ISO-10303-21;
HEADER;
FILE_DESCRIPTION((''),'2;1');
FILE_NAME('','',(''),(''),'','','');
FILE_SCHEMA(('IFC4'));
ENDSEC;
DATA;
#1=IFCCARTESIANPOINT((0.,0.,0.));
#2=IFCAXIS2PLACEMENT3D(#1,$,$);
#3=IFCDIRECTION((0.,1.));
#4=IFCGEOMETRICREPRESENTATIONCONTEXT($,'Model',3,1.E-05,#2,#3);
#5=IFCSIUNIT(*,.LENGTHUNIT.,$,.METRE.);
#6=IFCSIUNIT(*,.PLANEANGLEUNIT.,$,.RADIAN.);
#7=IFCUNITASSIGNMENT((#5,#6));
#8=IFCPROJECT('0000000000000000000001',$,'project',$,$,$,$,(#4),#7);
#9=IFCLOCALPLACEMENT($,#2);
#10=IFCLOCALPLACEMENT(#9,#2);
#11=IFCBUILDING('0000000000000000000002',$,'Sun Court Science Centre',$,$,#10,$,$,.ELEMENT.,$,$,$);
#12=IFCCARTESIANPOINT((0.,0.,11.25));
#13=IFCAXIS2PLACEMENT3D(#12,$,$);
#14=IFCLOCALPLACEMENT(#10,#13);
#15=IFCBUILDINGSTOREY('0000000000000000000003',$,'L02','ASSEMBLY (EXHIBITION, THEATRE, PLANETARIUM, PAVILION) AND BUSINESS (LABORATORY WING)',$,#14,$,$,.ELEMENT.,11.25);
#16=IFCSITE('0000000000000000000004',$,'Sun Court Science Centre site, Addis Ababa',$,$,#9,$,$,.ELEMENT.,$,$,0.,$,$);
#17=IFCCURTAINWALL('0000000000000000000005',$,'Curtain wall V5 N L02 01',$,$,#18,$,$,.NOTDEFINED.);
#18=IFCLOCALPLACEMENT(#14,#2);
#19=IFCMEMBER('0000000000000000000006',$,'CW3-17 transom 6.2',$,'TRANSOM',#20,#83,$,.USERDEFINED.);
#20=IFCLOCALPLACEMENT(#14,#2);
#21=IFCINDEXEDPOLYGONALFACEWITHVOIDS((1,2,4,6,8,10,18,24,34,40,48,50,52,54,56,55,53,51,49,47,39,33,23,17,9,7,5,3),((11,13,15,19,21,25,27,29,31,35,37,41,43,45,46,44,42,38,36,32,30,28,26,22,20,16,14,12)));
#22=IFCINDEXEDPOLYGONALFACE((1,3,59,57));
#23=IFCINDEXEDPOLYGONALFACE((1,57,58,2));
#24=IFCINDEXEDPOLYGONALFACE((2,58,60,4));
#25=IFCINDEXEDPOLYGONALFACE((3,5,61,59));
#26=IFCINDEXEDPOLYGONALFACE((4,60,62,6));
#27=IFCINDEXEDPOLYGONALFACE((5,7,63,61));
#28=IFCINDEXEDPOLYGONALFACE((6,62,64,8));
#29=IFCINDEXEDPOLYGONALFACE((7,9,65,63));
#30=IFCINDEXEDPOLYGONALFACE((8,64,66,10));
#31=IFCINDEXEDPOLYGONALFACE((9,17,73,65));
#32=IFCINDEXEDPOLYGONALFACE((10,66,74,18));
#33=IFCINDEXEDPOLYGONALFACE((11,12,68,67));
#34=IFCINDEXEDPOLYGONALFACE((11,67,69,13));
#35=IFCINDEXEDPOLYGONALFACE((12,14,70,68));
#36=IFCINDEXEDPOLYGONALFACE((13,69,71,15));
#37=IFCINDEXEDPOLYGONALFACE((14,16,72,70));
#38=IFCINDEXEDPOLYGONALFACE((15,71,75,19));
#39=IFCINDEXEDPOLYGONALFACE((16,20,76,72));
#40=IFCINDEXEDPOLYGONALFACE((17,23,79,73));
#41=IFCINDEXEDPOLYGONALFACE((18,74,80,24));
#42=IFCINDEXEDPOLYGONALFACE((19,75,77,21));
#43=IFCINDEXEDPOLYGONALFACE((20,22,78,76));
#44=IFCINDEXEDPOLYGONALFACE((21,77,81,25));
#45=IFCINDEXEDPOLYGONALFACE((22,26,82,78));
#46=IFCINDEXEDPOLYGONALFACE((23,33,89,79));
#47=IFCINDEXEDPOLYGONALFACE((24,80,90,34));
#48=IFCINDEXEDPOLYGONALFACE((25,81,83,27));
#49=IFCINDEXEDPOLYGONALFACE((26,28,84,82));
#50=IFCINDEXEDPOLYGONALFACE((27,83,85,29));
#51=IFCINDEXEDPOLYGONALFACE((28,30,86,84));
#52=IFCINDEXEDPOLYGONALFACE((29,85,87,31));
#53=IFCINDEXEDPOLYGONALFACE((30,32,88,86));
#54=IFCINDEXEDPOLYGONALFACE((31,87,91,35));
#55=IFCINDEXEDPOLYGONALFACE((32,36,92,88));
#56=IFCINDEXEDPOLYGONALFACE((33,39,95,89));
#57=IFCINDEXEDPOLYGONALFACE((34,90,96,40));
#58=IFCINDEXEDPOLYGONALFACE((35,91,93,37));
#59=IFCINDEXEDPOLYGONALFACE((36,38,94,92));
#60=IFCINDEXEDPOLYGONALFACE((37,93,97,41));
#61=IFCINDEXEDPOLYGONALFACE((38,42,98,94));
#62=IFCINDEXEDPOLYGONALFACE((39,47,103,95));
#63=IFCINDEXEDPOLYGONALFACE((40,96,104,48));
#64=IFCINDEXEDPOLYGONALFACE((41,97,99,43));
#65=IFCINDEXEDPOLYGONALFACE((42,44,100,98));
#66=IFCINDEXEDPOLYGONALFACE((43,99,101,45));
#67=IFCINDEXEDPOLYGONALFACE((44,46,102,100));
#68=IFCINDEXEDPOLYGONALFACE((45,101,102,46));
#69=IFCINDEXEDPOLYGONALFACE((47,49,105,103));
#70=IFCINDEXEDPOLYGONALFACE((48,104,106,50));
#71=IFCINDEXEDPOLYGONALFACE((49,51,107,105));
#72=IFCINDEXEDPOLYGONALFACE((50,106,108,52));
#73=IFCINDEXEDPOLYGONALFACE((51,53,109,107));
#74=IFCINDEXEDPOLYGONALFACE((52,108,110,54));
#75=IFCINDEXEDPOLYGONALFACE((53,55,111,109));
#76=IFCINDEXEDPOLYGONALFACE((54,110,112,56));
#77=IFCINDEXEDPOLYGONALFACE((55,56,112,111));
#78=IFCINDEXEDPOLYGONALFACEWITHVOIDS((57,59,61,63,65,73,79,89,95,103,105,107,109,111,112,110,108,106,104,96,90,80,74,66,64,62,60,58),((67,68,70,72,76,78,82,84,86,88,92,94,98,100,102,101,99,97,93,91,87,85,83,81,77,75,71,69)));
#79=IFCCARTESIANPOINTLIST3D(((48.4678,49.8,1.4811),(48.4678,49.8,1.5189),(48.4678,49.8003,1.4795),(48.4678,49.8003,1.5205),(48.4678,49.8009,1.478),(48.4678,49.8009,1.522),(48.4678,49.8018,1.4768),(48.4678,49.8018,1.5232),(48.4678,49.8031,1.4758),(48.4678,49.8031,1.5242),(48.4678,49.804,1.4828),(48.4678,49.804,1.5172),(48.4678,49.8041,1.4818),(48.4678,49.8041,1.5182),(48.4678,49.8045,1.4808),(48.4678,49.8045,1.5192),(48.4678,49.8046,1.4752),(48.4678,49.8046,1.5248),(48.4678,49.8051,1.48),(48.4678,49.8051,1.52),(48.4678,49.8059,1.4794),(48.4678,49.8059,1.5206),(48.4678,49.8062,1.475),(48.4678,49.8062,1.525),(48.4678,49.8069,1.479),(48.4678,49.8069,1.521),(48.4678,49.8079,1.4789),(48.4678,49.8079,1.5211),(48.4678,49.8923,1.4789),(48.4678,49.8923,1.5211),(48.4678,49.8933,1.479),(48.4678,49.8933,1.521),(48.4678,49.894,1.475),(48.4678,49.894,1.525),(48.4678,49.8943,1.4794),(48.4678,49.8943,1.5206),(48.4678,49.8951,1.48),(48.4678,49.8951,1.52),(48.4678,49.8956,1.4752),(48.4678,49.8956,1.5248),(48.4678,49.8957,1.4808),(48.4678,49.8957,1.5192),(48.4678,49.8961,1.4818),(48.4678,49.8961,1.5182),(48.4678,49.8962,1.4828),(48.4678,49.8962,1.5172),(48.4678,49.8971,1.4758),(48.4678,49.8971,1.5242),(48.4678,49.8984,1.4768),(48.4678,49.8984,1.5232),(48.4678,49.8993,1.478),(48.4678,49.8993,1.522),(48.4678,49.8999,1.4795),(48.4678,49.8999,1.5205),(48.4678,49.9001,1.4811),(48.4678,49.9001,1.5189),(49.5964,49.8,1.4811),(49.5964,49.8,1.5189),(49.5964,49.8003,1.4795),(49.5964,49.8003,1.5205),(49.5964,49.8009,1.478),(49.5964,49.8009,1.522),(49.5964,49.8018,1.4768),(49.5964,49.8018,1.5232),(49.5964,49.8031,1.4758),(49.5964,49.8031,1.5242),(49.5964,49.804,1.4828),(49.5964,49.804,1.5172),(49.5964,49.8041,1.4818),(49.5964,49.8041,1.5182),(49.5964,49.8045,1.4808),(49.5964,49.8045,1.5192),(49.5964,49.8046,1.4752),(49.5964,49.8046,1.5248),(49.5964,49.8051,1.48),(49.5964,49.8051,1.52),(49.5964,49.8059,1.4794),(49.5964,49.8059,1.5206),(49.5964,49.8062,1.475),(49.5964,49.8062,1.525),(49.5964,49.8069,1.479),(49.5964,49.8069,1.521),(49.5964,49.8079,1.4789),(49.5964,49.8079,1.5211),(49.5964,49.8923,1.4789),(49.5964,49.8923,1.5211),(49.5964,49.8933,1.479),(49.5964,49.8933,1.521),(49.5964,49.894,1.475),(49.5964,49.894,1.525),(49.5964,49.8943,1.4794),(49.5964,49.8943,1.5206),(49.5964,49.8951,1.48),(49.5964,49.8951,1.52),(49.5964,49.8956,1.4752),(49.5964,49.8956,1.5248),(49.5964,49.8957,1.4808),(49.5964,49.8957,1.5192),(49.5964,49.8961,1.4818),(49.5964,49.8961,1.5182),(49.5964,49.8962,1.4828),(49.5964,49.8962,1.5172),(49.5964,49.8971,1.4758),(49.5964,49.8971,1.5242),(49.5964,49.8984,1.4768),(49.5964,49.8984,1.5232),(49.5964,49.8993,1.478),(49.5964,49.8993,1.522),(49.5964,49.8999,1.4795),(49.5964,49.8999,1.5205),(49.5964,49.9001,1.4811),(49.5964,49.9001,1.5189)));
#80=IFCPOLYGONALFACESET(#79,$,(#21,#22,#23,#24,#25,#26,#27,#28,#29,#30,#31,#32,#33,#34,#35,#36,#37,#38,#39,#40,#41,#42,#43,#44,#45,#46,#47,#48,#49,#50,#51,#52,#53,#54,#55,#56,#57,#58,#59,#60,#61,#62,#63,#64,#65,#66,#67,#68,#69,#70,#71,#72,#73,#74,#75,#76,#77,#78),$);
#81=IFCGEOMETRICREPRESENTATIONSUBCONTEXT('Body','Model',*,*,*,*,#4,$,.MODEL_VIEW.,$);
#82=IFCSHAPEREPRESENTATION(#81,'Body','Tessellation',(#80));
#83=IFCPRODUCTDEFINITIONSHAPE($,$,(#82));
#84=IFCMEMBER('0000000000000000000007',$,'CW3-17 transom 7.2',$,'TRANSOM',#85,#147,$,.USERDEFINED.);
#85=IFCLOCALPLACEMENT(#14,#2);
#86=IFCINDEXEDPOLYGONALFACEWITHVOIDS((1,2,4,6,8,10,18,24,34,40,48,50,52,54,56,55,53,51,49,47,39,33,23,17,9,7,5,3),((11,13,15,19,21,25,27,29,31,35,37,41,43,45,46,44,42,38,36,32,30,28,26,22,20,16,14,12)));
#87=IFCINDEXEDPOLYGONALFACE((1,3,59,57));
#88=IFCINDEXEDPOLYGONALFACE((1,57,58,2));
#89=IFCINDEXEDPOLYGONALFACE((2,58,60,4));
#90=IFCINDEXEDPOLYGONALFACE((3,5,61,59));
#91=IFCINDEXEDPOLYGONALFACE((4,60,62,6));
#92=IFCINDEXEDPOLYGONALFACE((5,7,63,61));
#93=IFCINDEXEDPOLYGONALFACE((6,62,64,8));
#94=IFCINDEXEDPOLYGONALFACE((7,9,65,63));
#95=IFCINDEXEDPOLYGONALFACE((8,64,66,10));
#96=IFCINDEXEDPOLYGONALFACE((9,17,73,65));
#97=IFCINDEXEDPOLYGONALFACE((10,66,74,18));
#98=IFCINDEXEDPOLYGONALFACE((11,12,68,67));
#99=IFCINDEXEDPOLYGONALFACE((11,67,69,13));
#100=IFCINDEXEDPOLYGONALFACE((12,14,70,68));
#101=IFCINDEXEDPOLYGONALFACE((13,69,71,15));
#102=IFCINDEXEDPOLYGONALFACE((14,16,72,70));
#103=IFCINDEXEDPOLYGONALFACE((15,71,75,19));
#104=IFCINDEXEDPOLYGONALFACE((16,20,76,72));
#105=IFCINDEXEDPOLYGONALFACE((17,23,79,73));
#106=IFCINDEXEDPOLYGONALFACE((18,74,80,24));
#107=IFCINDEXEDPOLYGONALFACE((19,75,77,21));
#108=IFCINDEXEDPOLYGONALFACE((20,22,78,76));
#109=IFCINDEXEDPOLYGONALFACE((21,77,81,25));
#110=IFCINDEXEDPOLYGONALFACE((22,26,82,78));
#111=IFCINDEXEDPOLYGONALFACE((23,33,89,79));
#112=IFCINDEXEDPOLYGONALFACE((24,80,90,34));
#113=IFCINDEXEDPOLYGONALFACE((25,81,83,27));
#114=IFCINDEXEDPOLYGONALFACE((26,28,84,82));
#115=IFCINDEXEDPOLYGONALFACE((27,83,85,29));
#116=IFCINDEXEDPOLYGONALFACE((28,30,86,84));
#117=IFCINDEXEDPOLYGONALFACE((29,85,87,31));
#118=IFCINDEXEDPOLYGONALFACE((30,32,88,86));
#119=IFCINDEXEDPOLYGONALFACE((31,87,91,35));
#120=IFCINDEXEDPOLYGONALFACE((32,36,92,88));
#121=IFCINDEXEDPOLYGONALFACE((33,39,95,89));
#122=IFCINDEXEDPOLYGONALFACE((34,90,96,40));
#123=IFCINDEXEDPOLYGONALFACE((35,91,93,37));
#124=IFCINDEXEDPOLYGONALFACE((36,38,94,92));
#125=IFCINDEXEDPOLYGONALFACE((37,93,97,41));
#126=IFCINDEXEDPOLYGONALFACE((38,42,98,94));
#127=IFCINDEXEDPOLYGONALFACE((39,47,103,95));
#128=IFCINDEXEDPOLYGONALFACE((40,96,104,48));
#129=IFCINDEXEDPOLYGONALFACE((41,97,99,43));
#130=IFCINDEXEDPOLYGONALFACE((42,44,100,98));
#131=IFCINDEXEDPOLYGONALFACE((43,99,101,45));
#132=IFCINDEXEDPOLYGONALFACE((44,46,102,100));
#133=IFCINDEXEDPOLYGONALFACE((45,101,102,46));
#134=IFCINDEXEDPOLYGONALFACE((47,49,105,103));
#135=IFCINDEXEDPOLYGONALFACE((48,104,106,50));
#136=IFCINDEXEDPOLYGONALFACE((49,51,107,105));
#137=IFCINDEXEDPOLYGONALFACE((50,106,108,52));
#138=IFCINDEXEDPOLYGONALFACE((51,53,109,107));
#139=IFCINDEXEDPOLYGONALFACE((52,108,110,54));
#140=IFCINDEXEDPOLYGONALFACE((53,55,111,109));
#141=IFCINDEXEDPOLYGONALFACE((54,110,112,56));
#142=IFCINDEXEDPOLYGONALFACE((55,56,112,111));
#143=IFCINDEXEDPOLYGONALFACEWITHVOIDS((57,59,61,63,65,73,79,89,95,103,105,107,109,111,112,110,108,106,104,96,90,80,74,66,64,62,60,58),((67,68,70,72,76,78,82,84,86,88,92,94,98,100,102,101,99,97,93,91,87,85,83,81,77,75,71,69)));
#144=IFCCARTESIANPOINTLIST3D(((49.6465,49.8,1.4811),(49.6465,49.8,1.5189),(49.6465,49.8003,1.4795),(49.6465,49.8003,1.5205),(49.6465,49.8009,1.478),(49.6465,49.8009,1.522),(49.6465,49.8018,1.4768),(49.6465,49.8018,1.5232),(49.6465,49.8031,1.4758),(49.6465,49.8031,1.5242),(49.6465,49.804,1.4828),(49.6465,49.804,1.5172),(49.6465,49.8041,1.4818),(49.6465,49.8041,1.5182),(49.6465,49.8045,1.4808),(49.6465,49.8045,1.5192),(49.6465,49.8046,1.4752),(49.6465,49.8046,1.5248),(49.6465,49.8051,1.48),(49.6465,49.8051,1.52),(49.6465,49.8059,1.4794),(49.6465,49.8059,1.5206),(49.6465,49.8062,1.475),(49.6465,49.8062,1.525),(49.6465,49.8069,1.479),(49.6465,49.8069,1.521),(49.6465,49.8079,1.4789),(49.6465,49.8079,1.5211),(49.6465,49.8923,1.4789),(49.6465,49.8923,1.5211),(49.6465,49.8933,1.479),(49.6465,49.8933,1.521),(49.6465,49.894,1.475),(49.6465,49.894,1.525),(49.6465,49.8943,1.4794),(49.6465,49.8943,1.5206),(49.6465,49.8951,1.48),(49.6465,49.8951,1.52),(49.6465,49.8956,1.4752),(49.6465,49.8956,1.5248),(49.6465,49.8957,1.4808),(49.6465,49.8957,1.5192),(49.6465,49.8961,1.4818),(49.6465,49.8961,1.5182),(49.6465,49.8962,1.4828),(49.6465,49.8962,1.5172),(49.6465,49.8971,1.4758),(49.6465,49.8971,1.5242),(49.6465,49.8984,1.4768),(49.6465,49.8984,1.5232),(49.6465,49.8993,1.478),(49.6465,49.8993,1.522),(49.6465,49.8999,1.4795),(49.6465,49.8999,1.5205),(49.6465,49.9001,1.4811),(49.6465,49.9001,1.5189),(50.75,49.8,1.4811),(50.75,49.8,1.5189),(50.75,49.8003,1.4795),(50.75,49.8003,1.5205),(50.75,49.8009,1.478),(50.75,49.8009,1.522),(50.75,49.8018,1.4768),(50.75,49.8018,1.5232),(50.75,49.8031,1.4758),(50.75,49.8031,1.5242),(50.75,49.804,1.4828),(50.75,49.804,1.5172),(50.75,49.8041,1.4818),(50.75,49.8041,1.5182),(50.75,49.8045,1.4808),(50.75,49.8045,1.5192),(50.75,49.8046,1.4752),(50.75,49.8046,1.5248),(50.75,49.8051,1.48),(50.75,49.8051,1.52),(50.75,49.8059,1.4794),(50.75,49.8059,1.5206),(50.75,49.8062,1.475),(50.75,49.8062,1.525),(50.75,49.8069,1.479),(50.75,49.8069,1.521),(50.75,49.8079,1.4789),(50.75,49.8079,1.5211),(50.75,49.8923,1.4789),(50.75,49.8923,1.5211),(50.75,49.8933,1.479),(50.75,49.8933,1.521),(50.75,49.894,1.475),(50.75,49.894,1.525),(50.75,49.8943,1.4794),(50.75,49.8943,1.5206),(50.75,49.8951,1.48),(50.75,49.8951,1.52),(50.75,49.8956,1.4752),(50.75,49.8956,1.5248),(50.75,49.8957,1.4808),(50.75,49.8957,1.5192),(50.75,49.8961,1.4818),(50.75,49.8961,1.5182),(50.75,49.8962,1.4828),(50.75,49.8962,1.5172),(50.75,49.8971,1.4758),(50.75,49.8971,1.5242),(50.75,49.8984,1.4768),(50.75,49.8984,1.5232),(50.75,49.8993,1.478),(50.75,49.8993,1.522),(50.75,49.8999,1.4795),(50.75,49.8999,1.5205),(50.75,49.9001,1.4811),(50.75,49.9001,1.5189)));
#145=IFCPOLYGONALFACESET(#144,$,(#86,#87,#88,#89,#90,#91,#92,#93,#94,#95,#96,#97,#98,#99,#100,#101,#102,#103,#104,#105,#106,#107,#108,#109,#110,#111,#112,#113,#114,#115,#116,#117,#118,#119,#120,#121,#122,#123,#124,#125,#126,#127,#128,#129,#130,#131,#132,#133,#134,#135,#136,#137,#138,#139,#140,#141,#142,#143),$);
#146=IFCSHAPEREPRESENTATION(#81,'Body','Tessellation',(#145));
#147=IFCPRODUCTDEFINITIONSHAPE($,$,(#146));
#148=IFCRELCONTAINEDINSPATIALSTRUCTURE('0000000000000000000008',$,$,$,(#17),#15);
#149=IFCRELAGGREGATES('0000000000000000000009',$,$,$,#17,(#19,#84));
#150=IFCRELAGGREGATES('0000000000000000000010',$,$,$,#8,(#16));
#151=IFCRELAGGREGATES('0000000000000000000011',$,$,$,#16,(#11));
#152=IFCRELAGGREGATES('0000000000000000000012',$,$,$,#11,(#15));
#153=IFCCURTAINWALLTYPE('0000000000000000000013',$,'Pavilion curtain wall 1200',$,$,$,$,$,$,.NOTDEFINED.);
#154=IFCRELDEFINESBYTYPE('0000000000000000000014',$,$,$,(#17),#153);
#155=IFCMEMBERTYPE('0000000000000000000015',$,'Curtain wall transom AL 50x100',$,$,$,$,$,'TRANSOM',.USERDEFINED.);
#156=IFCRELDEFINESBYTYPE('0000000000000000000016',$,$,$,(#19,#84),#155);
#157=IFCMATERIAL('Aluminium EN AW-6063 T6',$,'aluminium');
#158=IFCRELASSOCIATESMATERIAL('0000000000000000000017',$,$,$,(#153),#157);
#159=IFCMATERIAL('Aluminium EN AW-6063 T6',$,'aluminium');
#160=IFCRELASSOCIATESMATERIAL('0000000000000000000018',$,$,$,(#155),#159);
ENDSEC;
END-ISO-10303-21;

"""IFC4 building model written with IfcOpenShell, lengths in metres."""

from ifc_helpers import new_model, si_unit, direction, frame, origin, origin_2d, place, context, subcontext, project, spatial, hollow_rectangle, extrude, material, material_profile, profile_set, type_object, element, aggregate, save


model = new_model("IFC4")

# Units and contexts
model_context = context("Model", 3, precision=1e-05, world=origin(), true_north=direction((0.0, 1.0)))
body_context = subcontext(model_context, "Body", "Model", "MODEL_VIEW")
ifc_project = project(units=[si_unit("LENGTHUNIT", "METRE"), si_unit("PLANEANGLEUNIT", "RADIAN")], contexts=[model_context])

# Site, building, storey
site_placement = place(None, origin())
site = spatial("IfcSite", under=ifc_project, at=site_placement, Name="Sun Court Science Centre site, Addis Ababa", CompositionType="ELEMENT", RefElevation=0.0)
building_placement = place(site_placement, origin())
building = spatial("IfcBuilding", under=site, at=building_placement, Name="Sun Court Science Centre", CompositionType="ELEMENT")
storey_placement = place(building_placement, frame((0.0, 0.0, 11.25)))
storey = spatial("IfcBuildingStorey", under=building, at=storey_placement, Name="L02", Description="ASSEMBLY (EXHIBITION, THEATRE, PLANETARIUM, PAVILION) AND BUSINESS (LABORATORY WING)", CompositionType="ELEMENT", Elevation=11.25)

# Curtain wall, members
ifc_material_1 = material(Name="Aluminium EN AW-6063 T6", Category="aluminium")
curtain_wall_type = type_object("IfcCurtainWallType", Name="Pavilion curtain wall 1200", PredefinedType="NOTDEFINED", material=ifc_material_1)
curtain_wall_placement = place(storey_placement, origin())
curtain_wall = element("IfcCurtainWall", 1, at=curtain_wall_placement, inside=storey, type_object=curtain_wall_type, Name="Curtain wall V5 N L02 01", PredefinedType="NOTDEFINED")
ifc_material_2 = material(Name="Aluminium EN AW-6063 T6", Category="aluminium")
ifc_material_profile_1 = material_profile(ifc_material_2, hollow_rectangle(XDim=0.05, YDim=0.1001, WallThickness=0.0039, InnerFilletRadius=0.0039, OuterFilletRadius=0.0061, at=origin_2d()), Name="AL 50x100x4")
ifc_profile_set_1 = profile_set([ifc_material_profile_1], Name="Aluminium EN AW-6063 T6")
member_type_1 = type_object("IfcMemberType", Name="Curtain wall transom AL 50x100", ElementType="TRANSOM", PredefinedType="USERDEFINED", material=ifc_profile_set_1)
member_1_placement = place(storey_placement, frame((48.4678, 49.8501, 1.5), z_axis=(1.0, 0.0, 0.0), x_axis=(0.0, 0.0, 1.0)))
member_1 = element("IfcMember", 2, at=member_1_placement, type_object=member_type_1, Name="CW3-17 transom 6.2", ObjectType="TRANSOM", PredefinedType="USERDEFINED", context=body_context, shape_type="SweptSolid", body=[
    extrude(hollow_rectangle(XDim=0.05, YDim=0.1001, WallThickness=0.0039, InnerFilletRadius=0.0039, OuterFilletRadius=0.0061, at=origin_2d()), origin(), (0.0, 0.0, 1.0), 1.1287),
])
member_2_placement = place(storey_placement, frame((49.6465, 49.8501, 1.5), z_axis=(1.0, 0.0, 0.0), x_axis=(0.0, 0.0, 1.0)))
member_2 = element("IfcMember", 3, at=member_2_placement, type_object=member_type_1, Name="CW3-17 transom 7.2", ObjectType="TRANSOM", PredefinedType="USERDEFINED", context=body_context, shape_type="SweptSolid", body=[
    extrude(hollow_rectangle(XDim=0.05, YDim=0.1001, WallThickness=0.0039, InnerFilletRadius=0.0039, OuterFilletRadius=0.0061, at=origin_2d()), origin(), (0.0, 0.0, 1.0), 1.1035),
])

aggregate(curtain_wall, [member_1, member_2])

save(model, "model.ifc")
